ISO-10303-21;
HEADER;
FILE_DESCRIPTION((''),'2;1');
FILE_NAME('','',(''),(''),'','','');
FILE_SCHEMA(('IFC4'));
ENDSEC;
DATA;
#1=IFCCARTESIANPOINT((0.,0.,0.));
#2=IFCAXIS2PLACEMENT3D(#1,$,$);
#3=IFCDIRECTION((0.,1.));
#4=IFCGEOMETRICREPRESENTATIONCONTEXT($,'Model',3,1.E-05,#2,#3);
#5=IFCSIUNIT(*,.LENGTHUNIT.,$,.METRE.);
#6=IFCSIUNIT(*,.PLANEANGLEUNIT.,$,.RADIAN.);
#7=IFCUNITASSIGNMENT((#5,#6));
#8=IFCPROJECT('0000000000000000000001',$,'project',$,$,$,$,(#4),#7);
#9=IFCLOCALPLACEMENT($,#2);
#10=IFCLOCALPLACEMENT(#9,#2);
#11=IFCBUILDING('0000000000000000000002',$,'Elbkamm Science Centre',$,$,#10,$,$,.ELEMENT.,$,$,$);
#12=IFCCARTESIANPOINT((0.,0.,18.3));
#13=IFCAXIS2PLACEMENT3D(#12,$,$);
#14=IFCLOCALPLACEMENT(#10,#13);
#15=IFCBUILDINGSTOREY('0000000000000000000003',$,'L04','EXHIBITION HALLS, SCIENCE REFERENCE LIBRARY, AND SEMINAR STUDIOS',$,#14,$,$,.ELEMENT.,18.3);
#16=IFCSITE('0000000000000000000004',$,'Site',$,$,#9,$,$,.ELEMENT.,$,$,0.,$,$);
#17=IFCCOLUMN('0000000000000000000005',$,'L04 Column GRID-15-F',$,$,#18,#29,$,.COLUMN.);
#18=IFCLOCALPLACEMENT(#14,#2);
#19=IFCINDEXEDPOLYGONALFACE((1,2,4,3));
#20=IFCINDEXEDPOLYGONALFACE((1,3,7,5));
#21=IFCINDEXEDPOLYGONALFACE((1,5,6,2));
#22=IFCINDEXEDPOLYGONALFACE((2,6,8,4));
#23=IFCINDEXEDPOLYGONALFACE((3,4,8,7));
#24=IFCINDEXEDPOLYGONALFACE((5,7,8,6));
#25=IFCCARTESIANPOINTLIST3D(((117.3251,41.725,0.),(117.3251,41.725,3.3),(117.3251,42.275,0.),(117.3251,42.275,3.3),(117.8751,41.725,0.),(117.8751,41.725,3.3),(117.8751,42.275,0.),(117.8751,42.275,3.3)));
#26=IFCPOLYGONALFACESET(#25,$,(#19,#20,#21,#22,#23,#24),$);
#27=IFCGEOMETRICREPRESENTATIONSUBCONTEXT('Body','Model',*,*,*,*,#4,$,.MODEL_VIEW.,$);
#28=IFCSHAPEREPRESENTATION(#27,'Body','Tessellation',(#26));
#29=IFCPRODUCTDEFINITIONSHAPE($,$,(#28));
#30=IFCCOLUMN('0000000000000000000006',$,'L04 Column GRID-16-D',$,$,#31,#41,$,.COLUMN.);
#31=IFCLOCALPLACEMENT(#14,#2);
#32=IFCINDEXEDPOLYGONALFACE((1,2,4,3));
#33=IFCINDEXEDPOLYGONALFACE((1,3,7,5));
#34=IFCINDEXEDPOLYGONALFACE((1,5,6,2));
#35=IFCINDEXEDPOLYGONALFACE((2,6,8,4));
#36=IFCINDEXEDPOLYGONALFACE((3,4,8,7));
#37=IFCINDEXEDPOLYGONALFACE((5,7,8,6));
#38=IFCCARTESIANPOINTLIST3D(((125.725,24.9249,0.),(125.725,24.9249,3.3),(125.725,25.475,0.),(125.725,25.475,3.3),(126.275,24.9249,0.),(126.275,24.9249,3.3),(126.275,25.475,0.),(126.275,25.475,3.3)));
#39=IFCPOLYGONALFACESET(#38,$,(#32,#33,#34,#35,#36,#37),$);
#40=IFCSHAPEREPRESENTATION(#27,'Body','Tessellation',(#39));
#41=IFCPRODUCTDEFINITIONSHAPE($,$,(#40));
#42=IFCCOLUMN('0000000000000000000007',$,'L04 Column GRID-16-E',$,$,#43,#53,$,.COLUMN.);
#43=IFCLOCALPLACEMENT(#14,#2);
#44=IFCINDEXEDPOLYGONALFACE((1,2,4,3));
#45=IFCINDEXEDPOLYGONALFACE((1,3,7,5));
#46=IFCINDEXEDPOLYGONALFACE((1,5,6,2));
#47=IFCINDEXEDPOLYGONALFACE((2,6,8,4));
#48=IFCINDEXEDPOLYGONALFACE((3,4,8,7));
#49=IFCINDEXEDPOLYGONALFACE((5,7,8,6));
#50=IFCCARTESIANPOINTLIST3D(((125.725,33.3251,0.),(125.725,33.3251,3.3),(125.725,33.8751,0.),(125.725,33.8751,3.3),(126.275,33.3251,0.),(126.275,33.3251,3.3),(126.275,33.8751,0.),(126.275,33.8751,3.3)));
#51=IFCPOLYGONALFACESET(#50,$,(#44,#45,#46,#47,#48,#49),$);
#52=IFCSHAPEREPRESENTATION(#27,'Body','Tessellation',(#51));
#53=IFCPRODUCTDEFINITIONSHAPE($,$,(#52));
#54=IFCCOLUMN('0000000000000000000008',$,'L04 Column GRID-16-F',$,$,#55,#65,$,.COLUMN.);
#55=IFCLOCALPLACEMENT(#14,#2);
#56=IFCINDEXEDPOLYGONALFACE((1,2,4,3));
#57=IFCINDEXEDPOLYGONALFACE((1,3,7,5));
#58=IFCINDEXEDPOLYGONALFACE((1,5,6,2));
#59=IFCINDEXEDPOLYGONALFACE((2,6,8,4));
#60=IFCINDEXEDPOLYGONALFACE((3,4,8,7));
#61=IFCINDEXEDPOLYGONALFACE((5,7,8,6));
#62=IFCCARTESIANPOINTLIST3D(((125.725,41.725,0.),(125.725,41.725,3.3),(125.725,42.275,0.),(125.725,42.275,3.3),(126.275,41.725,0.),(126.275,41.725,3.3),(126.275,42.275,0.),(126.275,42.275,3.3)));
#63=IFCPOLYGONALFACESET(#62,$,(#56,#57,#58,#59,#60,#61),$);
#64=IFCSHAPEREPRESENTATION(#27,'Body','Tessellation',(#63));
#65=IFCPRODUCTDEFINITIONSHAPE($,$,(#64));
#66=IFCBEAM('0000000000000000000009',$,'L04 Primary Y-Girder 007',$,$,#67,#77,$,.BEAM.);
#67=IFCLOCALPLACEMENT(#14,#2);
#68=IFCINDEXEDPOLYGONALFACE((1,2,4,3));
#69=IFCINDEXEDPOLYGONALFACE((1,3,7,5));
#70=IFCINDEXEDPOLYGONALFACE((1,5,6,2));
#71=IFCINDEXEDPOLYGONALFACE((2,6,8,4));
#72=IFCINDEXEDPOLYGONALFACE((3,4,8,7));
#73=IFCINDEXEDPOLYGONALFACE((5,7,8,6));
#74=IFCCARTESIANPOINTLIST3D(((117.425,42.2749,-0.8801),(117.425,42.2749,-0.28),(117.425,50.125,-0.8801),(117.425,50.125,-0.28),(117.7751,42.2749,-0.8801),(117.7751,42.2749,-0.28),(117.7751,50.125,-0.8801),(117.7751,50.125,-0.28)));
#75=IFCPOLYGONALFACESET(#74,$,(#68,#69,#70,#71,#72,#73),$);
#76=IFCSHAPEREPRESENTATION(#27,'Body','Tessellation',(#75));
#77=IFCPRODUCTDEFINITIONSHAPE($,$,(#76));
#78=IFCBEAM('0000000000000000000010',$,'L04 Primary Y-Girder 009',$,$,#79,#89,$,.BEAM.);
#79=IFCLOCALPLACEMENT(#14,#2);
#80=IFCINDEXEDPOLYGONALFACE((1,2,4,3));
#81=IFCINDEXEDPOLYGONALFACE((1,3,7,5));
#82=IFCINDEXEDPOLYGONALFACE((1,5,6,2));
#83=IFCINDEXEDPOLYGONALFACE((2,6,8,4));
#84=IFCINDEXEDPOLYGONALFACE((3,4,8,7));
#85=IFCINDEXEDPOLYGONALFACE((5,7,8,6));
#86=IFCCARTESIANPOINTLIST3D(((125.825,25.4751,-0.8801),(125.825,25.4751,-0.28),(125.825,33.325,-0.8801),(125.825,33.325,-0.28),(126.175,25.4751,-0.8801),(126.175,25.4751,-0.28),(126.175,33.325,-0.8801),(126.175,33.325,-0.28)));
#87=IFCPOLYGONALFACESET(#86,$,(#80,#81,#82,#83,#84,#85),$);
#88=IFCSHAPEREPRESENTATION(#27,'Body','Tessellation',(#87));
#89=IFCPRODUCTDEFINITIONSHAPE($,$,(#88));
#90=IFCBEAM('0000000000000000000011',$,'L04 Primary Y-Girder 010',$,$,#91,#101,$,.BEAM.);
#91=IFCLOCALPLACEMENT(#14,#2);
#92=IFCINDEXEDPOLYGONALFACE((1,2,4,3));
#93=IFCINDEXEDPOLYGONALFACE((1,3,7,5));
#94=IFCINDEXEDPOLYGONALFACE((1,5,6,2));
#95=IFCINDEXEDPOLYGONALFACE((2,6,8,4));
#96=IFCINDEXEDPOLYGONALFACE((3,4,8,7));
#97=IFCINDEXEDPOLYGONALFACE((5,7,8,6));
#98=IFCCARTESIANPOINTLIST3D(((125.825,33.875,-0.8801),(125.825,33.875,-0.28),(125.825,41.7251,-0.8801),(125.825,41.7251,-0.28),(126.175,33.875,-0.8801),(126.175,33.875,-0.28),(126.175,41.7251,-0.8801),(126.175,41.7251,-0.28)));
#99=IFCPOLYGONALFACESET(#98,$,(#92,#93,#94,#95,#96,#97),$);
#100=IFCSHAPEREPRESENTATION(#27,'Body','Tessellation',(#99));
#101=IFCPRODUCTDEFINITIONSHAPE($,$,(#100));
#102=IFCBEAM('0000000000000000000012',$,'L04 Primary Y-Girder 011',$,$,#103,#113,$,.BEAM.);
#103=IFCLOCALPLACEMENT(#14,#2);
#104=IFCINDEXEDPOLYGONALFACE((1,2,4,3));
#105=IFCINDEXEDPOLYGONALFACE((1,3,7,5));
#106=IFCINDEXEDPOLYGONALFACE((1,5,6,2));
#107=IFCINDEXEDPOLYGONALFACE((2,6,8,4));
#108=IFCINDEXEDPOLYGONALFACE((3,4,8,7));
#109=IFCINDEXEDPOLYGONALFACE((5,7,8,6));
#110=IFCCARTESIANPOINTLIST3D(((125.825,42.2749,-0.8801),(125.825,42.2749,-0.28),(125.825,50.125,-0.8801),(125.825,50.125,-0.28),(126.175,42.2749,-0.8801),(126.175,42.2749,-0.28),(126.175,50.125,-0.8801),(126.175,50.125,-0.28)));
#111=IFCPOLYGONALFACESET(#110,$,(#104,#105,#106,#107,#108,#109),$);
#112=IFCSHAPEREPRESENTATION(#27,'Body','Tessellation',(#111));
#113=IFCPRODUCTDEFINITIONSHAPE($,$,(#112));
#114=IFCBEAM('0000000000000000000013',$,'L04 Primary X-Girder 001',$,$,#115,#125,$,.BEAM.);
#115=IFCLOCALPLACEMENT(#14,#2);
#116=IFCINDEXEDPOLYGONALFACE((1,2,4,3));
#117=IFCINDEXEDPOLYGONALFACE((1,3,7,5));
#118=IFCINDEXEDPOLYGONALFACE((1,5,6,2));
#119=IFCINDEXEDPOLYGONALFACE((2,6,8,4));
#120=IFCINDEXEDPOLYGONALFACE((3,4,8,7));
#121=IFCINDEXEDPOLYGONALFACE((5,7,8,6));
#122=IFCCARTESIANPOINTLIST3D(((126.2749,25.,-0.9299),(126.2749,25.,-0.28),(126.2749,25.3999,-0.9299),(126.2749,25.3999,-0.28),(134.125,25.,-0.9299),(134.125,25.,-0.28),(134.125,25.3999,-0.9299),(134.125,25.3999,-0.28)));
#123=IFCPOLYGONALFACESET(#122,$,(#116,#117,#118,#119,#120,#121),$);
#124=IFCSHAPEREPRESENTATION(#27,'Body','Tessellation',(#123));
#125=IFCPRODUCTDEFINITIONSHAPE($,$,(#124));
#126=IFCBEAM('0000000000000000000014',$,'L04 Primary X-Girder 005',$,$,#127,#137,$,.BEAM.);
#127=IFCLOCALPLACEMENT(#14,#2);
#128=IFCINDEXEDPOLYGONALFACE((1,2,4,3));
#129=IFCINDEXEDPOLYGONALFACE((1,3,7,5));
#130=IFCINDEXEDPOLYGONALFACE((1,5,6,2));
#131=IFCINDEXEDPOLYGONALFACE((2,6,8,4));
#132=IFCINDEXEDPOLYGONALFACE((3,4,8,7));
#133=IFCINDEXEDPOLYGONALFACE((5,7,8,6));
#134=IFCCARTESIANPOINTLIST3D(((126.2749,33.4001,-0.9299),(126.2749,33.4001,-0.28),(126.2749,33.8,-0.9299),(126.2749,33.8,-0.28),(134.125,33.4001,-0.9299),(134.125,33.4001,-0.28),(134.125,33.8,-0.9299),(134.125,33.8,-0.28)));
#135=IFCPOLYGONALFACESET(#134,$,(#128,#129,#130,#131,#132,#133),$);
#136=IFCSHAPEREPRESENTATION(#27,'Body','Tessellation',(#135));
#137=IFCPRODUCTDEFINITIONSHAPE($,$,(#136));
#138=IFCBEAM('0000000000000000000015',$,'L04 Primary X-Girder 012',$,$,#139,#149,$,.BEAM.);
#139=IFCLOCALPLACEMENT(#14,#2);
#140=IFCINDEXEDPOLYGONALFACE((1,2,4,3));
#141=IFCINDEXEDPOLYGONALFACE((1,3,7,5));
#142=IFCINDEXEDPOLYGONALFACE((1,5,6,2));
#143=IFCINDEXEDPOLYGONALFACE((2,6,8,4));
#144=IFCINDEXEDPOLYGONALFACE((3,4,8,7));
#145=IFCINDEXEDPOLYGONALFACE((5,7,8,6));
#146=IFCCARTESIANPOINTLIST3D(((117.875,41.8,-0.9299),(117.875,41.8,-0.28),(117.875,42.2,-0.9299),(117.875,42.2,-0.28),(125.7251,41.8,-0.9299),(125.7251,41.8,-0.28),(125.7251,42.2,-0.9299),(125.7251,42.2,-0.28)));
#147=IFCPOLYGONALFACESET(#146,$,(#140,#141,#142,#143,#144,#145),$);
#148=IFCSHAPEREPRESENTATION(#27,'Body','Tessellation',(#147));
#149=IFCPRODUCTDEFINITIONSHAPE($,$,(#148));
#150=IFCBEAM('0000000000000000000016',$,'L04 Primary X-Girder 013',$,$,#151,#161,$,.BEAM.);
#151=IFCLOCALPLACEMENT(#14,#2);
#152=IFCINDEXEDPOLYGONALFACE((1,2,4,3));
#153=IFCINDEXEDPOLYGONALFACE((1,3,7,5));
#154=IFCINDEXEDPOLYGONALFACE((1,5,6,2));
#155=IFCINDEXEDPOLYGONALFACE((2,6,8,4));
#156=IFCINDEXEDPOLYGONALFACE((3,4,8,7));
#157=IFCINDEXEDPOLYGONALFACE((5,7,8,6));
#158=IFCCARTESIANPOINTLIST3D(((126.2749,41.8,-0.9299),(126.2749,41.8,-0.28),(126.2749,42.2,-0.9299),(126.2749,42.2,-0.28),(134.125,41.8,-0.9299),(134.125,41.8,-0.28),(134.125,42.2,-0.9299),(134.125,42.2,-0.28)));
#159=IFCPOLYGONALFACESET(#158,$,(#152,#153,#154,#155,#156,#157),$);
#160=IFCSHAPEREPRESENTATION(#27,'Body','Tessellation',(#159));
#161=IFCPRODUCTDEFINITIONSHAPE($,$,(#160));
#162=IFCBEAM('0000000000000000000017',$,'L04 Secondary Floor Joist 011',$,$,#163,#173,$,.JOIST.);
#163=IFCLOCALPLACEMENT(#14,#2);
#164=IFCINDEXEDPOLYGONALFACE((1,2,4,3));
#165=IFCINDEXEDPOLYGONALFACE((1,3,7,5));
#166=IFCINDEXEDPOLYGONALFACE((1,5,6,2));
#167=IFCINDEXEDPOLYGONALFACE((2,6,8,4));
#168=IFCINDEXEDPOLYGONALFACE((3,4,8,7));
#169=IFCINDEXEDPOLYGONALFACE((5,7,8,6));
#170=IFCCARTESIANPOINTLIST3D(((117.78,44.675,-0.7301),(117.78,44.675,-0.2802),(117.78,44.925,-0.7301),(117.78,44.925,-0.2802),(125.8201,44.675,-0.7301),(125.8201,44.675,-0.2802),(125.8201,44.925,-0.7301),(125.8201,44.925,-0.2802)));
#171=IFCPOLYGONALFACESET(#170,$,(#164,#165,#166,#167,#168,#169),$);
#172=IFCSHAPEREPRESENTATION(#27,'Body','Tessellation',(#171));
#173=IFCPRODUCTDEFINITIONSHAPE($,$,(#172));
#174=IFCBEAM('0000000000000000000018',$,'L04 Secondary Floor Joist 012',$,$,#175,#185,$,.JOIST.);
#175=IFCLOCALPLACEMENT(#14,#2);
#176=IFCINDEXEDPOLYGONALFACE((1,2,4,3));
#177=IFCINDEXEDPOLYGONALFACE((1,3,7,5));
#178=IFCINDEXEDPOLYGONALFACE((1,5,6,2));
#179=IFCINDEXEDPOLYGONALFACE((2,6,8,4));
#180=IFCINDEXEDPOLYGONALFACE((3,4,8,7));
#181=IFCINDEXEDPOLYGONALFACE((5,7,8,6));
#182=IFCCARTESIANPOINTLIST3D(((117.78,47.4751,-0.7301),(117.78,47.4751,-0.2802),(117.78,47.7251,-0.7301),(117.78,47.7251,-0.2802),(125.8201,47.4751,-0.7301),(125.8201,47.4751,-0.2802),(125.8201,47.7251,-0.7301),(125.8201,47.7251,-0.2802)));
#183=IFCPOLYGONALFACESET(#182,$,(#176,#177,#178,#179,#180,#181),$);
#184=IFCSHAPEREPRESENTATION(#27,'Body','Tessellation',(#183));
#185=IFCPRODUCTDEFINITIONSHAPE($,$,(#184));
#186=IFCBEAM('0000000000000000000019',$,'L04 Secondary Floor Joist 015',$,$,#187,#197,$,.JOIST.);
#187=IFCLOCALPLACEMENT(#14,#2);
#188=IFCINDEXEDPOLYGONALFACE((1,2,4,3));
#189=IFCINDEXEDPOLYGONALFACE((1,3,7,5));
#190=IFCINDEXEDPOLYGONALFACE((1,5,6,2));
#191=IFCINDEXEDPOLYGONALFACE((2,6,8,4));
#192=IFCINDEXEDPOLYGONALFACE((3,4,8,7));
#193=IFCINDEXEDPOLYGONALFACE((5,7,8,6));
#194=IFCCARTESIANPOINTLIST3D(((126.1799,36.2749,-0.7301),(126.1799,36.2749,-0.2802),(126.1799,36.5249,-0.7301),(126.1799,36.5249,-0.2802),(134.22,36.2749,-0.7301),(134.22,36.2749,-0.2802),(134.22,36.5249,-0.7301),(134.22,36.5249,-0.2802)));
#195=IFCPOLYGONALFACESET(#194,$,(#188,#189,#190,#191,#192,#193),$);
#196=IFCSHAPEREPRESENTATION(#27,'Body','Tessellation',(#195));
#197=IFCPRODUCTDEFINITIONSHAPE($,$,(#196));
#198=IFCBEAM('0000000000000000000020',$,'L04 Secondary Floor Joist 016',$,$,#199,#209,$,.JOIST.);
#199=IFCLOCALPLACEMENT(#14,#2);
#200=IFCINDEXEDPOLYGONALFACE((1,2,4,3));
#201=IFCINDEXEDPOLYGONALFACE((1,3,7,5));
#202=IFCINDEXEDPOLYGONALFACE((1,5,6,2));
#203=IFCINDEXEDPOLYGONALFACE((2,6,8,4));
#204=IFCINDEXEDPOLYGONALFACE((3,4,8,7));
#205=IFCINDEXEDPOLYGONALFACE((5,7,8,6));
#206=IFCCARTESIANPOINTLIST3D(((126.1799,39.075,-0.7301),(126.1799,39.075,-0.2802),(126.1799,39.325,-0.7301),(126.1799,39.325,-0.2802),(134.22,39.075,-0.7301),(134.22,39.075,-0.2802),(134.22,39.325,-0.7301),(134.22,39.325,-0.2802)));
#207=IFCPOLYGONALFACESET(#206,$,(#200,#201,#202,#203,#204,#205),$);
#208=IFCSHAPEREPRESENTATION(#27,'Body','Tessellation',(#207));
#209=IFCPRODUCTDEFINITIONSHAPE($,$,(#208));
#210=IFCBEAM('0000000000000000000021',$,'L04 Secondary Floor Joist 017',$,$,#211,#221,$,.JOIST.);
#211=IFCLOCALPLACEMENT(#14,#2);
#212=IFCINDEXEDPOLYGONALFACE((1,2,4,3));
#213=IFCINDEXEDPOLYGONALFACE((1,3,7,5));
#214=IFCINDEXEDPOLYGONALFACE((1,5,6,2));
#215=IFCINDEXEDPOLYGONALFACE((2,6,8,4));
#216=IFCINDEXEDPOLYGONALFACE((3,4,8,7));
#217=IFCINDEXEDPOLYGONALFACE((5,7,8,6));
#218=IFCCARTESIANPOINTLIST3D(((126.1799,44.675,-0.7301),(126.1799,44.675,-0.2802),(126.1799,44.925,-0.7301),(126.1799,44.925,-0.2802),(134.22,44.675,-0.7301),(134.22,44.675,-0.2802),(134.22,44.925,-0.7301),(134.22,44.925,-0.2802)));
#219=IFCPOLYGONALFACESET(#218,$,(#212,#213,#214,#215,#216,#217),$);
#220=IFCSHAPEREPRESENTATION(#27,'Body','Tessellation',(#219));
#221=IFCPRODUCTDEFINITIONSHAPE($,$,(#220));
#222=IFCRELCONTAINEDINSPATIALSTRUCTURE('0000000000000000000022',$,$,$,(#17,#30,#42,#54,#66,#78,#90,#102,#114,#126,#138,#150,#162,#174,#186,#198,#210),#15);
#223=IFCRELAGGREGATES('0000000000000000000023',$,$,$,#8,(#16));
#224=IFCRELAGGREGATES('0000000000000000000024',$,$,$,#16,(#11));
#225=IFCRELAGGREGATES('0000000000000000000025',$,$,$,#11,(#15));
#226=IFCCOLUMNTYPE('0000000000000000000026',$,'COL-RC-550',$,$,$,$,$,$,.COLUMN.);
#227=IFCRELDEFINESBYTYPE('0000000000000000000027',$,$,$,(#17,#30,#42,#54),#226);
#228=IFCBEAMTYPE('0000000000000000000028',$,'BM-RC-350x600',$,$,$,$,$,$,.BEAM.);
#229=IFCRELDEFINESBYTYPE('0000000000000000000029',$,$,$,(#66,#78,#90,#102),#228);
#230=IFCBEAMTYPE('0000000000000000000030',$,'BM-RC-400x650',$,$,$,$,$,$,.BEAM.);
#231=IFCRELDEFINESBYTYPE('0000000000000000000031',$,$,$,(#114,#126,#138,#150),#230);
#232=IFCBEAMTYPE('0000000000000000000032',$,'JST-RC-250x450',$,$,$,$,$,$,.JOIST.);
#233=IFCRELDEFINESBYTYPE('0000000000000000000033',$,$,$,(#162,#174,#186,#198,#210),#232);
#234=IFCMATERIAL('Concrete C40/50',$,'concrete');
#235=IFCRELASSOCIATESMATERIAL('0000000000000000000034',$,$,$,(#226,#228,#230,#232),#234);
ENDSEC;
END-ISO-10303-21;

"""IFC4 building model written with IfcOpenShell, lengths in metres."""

from ifc_helpers import new_model, si_unit, direction, frame, origin, origin_2d, place, context, subcontext, project, spatial, rectangle, extrude, material, material_profile, profile_set, type_object, element, save


model = new_model("IFC4")

# Units and contexts
model_context = context("Model", 3, precision=1e-05, world=origin(), true_north=direction((0.0, 1.0)))
body_context = subcontext(model_context, "Body", "Model", "MODEL_VIEW")
ifc_project = project(units=[si_unit("LENGTHUNIT", "METRE"), si_unit("PLANEANGLEUNIT", "RADIAN")], contexts=[model_context])

# Site, building, storey
site_placement = place(None, origin())
site = spatial("IfcSite", under=ifc_project, at=site_placement, Name="Site", CompositionType="ELEMENT", RefElevation=0.0)
building_placement = place(site_placement, origin())
building = spatial("IfcBuilding", under=site, at=building_placement, Name="Elbkamm Science Centre", CompositionType="ELEMENT")
storey_placement = place(building_placement, frame((0.0, 0.0, 18.3)))
storey = spatial("IfcBuildingStorey", under=building, at=storey_placement, Name="L04", Description="EXHIBITION HALLS, SCIENCE REFERENCE LIBRARY, AND SEMINAR STUDIOS", CompositionType="ELEMENT", Elevation=18.3)

# Columns
ifc_material_1 = material(Name="Concrete C40/50", Category="concrete")
ifc_material_profile_1 = material_profile(ifc_material_1, rectangle(XDim=0.55, YDim=0.55, at=origin_2d()), Name="RC 550x550")
ifc_profile_set_1 = profile_set([ifc_material_profile_1], Name="Concrete C40/50")
column_type = type_object("IfcColumnType", Name="COL-RC-550", PredefinedType="COLUMN", material=ifc_profile_set_1)
for number, where, z_axis, x_axis, name in (
    (1, (117.6001, 42.0, 0.0), (0.0, 0.0, 1.0), (1.0, 0.0, 0.0), "L04 Column GRID-15-F"),
    (2, (126.0, 25.2, 0.0), (0.0, 0.0, 1.0), (1.0, 0.0, 0.0), "L04 Column GRID-16-D"),
    (3, (126.0, 33.6001, 0.0), (0.0, 0.0, 1.0), (1.0, 0.0, 0.0), "L04 Column GRID-16-E"),
    (4, (126.0, 42.0, 0.0), (0.0, 0.0, 1.0), (1.0, 0.0, 0.0), "L04 Column GRID-16-F"),
):
    element("IfcColumn", number, at=place(storey_placement, frame(where, z_axis=z_axis, x_axis=x_axis)), inside=storey, type_object=column_type, Name=name, PredefinedType="COLUMN", context=body_context, shape_type="SweptSolid", body=[
        extrude(rectangle(XDim=0.55, YDim=0.55, at=origin_2d()), origin(), (0.0, 0.0, 1.0), 3.3),
    ])

# Beams
ifc_material_profile_2 = material_profile(ifc_material_1, rectangle(XDim=0.3501, YDim=0.6001, at=origin_2d()), Name="RC 350x600")
ifc_profile_set_2 = profile_set([ifc_material_profile_2], Name="Concrete C40/50")
beam_type_1 = type_object("IfcBeamType", Name="BM-RC-350x600", PredefinedType="BEAM", material=ifc_profile_set_2)
beam_1_placement = place(storey_placement, frame((117.6001, 42.2749, -0.5801), z_axis=(0.0, 1.0, 0.0), x_axis=(-1.0, 0.0, 0.0)))
element("IfcBeam", 5, at=beam_1_placement, inside=storey, type_object=beam_type_1, Name="L04 Primary Y-Girder 007", PredefinedType="BEAM", context=body_context, shape_type="SweptSolid", body=[
    extrude(rectangle(XDim=0.3501, YDim=0.6001, at=origin_2d()), origin(), (0.0, 0.0, 1.0), 7.8501),
])
beam_2_placement = place(storey_placement, frame((126.0, 25.4751, -0.5801), z_axis=(0.0, 1.0, 0.0), x_axis=(-1.0, 0.0, 0.0)))
element("IfcBeam", 6, at=beam_2_placement, inside=storey, type_object=beam_type_1, Name="L04 Primary Y-Girder 009", PredefinedType="BEAM", context=body_context, shape_type="SweptSolid", body=[
    extrude(rectangle(XDim=0.3501, YDim=0.6001, at=origin_2d()), origin(), (0.0, 0.0, 1.0), 7.8499),
])
for number, where, z_axis, x_axis, name in (
    (7, (126.0, 33.875, -0.5801), (0.0, 1.0, 0.0), (-1.0, 0.0, 0.0), "L04 Primary Y-Girder 010"),
    (8, (126.0, 42.2749, -0.5801), (0.0, 1.0, 0.0), (-1.0, 0.0, 0.0), "L04 Primary Y-Girder 011"),
):
    element("IfcBeam", number, at=place(storey_placement, frame(where, z_axis=z_axis, x_axis=x_axis)), inside=storey, type_object=beam_type_1, Name=name, PredefinedType="BEAM", context=body_context, shape_type="SweptSolid", body=[
        extrude(rectangle(XDim=0.3501, YDim=0.6001, at=origin_2d()), origin(), (0.0, 0.0, 1.0), 7.8501),
    ])
ifc_material_profile_3 = material_profile(ifc_material_1, rectangle(XDim=0.3999, YDim=0.6499, at=origin_2d()), Name="RC 400x650")
ifc_profile_set_3 = profile_set([ifc_material_profile_3], Name="Concrete C40/50")
beam_type_2 = type_object("IfcBeamType", Name="BM-RC-400x650", PredefinedType="BEAM", material=ifc_profile_set_3)
for number, where, z_axis, x_axis, name in (
    (9, (126.2749, 25.2, -0.605), (1.0, 0.0, 0.0), (0.0, 1.0, 0.0), "L04 Primary X-Girder 001"),
    (10, (126.2749, 33.6001, -0.605), (1.0, 0.0, 0.0), (0.0, 1.0, 0.0), "L04 Primary X-Girder 005"),
    (11, (117.875, 42.0, -0.605), (1.0, 0.0, 0.0), (0.0, 1.0, 0.0), "L04 Primary X-Girder 012"),
    (12, (126.2749, 42.0, -0.605), (1.0, 0.0, 0.0), (0.0, 1.0, 0.0), "L04 Primary X-Girder 013"),
):
    element("IfcBeam", number, at=place(storey_placement, frame(where, z_axis=z_axis, x_axis=x_axis)), inside=storey, type_object=beam_type_2, Name=name, PredefinedType="BEAM", context=body_context, shape_type="SweptSolid", body=[
        extrude(rectangle(XDim=0.3999, YDim=0.6499, at=origin_2d()), origin(), (0.0, 0.0, 1.0), 7.8501),
    ])
ifc_material_profile_4 = material_profile(ifc_material_1, rectangle(XDim=0.25, YDim=0.45, at=origin_2d()), Name="RC 250x450")
ifc_profile_set_4 = profile_set([ifc_material_profile_4], Name="Concrete C40/50")
beam_type_3 = type_object("IfcBeamType", Name="JST-RC-250x450", PredefinedType="JOIST", material=ifc_profile_set_4)
for number, where, z_axis, x_axis, name in (
    (13, (117.78, 44.8, -0.5051), (1.0, 0.0, 0.0), (0.0, 1.0, 0.0), "L04 Secondary Floor Joist 011"),
    (14, (117.78, 47.6001, -0.5051), (1.0, 0.0, 0.0), (0.0, 1.0, 0.0), "L04 Secondary Floor Joist 012"),
    (15, (126.1799, 36.3999, -0.5051), (1.0, 0.0, 0.0), (0.0, 1.0, 0.0), "L04 Secondary Floor Joist 015"),
    (16, (126.1799, 39.2, -0.5051), (1.0, 0.0, 0.0), (0.0, 1.0, 0.0), "L04 Secondary Floor Joist 016"),
    (17, (126.1799, 44.8, -0.5051), (1.0, 0.0, 0.0), (0.0, 1.0, 0.0), "L04 Secondary Floor Joist 017"),
):
    element("IfcBeam", number, at=place(storey_placement, frame(where, z_axis=z_axis, x_axis=x_axis)), inside=storey, type_object=beam_type_3, Name=name, PredefinedType="JOIST", context=body_context, shape_type="SweptSolid", body=[
        extrude(rectangle(XDim=0.25, YDim=0.45, at=origin_2d()), origin(), (0.0, 0.0, 1.0), 8.04),
    ])

save(model, "model.ifc")
